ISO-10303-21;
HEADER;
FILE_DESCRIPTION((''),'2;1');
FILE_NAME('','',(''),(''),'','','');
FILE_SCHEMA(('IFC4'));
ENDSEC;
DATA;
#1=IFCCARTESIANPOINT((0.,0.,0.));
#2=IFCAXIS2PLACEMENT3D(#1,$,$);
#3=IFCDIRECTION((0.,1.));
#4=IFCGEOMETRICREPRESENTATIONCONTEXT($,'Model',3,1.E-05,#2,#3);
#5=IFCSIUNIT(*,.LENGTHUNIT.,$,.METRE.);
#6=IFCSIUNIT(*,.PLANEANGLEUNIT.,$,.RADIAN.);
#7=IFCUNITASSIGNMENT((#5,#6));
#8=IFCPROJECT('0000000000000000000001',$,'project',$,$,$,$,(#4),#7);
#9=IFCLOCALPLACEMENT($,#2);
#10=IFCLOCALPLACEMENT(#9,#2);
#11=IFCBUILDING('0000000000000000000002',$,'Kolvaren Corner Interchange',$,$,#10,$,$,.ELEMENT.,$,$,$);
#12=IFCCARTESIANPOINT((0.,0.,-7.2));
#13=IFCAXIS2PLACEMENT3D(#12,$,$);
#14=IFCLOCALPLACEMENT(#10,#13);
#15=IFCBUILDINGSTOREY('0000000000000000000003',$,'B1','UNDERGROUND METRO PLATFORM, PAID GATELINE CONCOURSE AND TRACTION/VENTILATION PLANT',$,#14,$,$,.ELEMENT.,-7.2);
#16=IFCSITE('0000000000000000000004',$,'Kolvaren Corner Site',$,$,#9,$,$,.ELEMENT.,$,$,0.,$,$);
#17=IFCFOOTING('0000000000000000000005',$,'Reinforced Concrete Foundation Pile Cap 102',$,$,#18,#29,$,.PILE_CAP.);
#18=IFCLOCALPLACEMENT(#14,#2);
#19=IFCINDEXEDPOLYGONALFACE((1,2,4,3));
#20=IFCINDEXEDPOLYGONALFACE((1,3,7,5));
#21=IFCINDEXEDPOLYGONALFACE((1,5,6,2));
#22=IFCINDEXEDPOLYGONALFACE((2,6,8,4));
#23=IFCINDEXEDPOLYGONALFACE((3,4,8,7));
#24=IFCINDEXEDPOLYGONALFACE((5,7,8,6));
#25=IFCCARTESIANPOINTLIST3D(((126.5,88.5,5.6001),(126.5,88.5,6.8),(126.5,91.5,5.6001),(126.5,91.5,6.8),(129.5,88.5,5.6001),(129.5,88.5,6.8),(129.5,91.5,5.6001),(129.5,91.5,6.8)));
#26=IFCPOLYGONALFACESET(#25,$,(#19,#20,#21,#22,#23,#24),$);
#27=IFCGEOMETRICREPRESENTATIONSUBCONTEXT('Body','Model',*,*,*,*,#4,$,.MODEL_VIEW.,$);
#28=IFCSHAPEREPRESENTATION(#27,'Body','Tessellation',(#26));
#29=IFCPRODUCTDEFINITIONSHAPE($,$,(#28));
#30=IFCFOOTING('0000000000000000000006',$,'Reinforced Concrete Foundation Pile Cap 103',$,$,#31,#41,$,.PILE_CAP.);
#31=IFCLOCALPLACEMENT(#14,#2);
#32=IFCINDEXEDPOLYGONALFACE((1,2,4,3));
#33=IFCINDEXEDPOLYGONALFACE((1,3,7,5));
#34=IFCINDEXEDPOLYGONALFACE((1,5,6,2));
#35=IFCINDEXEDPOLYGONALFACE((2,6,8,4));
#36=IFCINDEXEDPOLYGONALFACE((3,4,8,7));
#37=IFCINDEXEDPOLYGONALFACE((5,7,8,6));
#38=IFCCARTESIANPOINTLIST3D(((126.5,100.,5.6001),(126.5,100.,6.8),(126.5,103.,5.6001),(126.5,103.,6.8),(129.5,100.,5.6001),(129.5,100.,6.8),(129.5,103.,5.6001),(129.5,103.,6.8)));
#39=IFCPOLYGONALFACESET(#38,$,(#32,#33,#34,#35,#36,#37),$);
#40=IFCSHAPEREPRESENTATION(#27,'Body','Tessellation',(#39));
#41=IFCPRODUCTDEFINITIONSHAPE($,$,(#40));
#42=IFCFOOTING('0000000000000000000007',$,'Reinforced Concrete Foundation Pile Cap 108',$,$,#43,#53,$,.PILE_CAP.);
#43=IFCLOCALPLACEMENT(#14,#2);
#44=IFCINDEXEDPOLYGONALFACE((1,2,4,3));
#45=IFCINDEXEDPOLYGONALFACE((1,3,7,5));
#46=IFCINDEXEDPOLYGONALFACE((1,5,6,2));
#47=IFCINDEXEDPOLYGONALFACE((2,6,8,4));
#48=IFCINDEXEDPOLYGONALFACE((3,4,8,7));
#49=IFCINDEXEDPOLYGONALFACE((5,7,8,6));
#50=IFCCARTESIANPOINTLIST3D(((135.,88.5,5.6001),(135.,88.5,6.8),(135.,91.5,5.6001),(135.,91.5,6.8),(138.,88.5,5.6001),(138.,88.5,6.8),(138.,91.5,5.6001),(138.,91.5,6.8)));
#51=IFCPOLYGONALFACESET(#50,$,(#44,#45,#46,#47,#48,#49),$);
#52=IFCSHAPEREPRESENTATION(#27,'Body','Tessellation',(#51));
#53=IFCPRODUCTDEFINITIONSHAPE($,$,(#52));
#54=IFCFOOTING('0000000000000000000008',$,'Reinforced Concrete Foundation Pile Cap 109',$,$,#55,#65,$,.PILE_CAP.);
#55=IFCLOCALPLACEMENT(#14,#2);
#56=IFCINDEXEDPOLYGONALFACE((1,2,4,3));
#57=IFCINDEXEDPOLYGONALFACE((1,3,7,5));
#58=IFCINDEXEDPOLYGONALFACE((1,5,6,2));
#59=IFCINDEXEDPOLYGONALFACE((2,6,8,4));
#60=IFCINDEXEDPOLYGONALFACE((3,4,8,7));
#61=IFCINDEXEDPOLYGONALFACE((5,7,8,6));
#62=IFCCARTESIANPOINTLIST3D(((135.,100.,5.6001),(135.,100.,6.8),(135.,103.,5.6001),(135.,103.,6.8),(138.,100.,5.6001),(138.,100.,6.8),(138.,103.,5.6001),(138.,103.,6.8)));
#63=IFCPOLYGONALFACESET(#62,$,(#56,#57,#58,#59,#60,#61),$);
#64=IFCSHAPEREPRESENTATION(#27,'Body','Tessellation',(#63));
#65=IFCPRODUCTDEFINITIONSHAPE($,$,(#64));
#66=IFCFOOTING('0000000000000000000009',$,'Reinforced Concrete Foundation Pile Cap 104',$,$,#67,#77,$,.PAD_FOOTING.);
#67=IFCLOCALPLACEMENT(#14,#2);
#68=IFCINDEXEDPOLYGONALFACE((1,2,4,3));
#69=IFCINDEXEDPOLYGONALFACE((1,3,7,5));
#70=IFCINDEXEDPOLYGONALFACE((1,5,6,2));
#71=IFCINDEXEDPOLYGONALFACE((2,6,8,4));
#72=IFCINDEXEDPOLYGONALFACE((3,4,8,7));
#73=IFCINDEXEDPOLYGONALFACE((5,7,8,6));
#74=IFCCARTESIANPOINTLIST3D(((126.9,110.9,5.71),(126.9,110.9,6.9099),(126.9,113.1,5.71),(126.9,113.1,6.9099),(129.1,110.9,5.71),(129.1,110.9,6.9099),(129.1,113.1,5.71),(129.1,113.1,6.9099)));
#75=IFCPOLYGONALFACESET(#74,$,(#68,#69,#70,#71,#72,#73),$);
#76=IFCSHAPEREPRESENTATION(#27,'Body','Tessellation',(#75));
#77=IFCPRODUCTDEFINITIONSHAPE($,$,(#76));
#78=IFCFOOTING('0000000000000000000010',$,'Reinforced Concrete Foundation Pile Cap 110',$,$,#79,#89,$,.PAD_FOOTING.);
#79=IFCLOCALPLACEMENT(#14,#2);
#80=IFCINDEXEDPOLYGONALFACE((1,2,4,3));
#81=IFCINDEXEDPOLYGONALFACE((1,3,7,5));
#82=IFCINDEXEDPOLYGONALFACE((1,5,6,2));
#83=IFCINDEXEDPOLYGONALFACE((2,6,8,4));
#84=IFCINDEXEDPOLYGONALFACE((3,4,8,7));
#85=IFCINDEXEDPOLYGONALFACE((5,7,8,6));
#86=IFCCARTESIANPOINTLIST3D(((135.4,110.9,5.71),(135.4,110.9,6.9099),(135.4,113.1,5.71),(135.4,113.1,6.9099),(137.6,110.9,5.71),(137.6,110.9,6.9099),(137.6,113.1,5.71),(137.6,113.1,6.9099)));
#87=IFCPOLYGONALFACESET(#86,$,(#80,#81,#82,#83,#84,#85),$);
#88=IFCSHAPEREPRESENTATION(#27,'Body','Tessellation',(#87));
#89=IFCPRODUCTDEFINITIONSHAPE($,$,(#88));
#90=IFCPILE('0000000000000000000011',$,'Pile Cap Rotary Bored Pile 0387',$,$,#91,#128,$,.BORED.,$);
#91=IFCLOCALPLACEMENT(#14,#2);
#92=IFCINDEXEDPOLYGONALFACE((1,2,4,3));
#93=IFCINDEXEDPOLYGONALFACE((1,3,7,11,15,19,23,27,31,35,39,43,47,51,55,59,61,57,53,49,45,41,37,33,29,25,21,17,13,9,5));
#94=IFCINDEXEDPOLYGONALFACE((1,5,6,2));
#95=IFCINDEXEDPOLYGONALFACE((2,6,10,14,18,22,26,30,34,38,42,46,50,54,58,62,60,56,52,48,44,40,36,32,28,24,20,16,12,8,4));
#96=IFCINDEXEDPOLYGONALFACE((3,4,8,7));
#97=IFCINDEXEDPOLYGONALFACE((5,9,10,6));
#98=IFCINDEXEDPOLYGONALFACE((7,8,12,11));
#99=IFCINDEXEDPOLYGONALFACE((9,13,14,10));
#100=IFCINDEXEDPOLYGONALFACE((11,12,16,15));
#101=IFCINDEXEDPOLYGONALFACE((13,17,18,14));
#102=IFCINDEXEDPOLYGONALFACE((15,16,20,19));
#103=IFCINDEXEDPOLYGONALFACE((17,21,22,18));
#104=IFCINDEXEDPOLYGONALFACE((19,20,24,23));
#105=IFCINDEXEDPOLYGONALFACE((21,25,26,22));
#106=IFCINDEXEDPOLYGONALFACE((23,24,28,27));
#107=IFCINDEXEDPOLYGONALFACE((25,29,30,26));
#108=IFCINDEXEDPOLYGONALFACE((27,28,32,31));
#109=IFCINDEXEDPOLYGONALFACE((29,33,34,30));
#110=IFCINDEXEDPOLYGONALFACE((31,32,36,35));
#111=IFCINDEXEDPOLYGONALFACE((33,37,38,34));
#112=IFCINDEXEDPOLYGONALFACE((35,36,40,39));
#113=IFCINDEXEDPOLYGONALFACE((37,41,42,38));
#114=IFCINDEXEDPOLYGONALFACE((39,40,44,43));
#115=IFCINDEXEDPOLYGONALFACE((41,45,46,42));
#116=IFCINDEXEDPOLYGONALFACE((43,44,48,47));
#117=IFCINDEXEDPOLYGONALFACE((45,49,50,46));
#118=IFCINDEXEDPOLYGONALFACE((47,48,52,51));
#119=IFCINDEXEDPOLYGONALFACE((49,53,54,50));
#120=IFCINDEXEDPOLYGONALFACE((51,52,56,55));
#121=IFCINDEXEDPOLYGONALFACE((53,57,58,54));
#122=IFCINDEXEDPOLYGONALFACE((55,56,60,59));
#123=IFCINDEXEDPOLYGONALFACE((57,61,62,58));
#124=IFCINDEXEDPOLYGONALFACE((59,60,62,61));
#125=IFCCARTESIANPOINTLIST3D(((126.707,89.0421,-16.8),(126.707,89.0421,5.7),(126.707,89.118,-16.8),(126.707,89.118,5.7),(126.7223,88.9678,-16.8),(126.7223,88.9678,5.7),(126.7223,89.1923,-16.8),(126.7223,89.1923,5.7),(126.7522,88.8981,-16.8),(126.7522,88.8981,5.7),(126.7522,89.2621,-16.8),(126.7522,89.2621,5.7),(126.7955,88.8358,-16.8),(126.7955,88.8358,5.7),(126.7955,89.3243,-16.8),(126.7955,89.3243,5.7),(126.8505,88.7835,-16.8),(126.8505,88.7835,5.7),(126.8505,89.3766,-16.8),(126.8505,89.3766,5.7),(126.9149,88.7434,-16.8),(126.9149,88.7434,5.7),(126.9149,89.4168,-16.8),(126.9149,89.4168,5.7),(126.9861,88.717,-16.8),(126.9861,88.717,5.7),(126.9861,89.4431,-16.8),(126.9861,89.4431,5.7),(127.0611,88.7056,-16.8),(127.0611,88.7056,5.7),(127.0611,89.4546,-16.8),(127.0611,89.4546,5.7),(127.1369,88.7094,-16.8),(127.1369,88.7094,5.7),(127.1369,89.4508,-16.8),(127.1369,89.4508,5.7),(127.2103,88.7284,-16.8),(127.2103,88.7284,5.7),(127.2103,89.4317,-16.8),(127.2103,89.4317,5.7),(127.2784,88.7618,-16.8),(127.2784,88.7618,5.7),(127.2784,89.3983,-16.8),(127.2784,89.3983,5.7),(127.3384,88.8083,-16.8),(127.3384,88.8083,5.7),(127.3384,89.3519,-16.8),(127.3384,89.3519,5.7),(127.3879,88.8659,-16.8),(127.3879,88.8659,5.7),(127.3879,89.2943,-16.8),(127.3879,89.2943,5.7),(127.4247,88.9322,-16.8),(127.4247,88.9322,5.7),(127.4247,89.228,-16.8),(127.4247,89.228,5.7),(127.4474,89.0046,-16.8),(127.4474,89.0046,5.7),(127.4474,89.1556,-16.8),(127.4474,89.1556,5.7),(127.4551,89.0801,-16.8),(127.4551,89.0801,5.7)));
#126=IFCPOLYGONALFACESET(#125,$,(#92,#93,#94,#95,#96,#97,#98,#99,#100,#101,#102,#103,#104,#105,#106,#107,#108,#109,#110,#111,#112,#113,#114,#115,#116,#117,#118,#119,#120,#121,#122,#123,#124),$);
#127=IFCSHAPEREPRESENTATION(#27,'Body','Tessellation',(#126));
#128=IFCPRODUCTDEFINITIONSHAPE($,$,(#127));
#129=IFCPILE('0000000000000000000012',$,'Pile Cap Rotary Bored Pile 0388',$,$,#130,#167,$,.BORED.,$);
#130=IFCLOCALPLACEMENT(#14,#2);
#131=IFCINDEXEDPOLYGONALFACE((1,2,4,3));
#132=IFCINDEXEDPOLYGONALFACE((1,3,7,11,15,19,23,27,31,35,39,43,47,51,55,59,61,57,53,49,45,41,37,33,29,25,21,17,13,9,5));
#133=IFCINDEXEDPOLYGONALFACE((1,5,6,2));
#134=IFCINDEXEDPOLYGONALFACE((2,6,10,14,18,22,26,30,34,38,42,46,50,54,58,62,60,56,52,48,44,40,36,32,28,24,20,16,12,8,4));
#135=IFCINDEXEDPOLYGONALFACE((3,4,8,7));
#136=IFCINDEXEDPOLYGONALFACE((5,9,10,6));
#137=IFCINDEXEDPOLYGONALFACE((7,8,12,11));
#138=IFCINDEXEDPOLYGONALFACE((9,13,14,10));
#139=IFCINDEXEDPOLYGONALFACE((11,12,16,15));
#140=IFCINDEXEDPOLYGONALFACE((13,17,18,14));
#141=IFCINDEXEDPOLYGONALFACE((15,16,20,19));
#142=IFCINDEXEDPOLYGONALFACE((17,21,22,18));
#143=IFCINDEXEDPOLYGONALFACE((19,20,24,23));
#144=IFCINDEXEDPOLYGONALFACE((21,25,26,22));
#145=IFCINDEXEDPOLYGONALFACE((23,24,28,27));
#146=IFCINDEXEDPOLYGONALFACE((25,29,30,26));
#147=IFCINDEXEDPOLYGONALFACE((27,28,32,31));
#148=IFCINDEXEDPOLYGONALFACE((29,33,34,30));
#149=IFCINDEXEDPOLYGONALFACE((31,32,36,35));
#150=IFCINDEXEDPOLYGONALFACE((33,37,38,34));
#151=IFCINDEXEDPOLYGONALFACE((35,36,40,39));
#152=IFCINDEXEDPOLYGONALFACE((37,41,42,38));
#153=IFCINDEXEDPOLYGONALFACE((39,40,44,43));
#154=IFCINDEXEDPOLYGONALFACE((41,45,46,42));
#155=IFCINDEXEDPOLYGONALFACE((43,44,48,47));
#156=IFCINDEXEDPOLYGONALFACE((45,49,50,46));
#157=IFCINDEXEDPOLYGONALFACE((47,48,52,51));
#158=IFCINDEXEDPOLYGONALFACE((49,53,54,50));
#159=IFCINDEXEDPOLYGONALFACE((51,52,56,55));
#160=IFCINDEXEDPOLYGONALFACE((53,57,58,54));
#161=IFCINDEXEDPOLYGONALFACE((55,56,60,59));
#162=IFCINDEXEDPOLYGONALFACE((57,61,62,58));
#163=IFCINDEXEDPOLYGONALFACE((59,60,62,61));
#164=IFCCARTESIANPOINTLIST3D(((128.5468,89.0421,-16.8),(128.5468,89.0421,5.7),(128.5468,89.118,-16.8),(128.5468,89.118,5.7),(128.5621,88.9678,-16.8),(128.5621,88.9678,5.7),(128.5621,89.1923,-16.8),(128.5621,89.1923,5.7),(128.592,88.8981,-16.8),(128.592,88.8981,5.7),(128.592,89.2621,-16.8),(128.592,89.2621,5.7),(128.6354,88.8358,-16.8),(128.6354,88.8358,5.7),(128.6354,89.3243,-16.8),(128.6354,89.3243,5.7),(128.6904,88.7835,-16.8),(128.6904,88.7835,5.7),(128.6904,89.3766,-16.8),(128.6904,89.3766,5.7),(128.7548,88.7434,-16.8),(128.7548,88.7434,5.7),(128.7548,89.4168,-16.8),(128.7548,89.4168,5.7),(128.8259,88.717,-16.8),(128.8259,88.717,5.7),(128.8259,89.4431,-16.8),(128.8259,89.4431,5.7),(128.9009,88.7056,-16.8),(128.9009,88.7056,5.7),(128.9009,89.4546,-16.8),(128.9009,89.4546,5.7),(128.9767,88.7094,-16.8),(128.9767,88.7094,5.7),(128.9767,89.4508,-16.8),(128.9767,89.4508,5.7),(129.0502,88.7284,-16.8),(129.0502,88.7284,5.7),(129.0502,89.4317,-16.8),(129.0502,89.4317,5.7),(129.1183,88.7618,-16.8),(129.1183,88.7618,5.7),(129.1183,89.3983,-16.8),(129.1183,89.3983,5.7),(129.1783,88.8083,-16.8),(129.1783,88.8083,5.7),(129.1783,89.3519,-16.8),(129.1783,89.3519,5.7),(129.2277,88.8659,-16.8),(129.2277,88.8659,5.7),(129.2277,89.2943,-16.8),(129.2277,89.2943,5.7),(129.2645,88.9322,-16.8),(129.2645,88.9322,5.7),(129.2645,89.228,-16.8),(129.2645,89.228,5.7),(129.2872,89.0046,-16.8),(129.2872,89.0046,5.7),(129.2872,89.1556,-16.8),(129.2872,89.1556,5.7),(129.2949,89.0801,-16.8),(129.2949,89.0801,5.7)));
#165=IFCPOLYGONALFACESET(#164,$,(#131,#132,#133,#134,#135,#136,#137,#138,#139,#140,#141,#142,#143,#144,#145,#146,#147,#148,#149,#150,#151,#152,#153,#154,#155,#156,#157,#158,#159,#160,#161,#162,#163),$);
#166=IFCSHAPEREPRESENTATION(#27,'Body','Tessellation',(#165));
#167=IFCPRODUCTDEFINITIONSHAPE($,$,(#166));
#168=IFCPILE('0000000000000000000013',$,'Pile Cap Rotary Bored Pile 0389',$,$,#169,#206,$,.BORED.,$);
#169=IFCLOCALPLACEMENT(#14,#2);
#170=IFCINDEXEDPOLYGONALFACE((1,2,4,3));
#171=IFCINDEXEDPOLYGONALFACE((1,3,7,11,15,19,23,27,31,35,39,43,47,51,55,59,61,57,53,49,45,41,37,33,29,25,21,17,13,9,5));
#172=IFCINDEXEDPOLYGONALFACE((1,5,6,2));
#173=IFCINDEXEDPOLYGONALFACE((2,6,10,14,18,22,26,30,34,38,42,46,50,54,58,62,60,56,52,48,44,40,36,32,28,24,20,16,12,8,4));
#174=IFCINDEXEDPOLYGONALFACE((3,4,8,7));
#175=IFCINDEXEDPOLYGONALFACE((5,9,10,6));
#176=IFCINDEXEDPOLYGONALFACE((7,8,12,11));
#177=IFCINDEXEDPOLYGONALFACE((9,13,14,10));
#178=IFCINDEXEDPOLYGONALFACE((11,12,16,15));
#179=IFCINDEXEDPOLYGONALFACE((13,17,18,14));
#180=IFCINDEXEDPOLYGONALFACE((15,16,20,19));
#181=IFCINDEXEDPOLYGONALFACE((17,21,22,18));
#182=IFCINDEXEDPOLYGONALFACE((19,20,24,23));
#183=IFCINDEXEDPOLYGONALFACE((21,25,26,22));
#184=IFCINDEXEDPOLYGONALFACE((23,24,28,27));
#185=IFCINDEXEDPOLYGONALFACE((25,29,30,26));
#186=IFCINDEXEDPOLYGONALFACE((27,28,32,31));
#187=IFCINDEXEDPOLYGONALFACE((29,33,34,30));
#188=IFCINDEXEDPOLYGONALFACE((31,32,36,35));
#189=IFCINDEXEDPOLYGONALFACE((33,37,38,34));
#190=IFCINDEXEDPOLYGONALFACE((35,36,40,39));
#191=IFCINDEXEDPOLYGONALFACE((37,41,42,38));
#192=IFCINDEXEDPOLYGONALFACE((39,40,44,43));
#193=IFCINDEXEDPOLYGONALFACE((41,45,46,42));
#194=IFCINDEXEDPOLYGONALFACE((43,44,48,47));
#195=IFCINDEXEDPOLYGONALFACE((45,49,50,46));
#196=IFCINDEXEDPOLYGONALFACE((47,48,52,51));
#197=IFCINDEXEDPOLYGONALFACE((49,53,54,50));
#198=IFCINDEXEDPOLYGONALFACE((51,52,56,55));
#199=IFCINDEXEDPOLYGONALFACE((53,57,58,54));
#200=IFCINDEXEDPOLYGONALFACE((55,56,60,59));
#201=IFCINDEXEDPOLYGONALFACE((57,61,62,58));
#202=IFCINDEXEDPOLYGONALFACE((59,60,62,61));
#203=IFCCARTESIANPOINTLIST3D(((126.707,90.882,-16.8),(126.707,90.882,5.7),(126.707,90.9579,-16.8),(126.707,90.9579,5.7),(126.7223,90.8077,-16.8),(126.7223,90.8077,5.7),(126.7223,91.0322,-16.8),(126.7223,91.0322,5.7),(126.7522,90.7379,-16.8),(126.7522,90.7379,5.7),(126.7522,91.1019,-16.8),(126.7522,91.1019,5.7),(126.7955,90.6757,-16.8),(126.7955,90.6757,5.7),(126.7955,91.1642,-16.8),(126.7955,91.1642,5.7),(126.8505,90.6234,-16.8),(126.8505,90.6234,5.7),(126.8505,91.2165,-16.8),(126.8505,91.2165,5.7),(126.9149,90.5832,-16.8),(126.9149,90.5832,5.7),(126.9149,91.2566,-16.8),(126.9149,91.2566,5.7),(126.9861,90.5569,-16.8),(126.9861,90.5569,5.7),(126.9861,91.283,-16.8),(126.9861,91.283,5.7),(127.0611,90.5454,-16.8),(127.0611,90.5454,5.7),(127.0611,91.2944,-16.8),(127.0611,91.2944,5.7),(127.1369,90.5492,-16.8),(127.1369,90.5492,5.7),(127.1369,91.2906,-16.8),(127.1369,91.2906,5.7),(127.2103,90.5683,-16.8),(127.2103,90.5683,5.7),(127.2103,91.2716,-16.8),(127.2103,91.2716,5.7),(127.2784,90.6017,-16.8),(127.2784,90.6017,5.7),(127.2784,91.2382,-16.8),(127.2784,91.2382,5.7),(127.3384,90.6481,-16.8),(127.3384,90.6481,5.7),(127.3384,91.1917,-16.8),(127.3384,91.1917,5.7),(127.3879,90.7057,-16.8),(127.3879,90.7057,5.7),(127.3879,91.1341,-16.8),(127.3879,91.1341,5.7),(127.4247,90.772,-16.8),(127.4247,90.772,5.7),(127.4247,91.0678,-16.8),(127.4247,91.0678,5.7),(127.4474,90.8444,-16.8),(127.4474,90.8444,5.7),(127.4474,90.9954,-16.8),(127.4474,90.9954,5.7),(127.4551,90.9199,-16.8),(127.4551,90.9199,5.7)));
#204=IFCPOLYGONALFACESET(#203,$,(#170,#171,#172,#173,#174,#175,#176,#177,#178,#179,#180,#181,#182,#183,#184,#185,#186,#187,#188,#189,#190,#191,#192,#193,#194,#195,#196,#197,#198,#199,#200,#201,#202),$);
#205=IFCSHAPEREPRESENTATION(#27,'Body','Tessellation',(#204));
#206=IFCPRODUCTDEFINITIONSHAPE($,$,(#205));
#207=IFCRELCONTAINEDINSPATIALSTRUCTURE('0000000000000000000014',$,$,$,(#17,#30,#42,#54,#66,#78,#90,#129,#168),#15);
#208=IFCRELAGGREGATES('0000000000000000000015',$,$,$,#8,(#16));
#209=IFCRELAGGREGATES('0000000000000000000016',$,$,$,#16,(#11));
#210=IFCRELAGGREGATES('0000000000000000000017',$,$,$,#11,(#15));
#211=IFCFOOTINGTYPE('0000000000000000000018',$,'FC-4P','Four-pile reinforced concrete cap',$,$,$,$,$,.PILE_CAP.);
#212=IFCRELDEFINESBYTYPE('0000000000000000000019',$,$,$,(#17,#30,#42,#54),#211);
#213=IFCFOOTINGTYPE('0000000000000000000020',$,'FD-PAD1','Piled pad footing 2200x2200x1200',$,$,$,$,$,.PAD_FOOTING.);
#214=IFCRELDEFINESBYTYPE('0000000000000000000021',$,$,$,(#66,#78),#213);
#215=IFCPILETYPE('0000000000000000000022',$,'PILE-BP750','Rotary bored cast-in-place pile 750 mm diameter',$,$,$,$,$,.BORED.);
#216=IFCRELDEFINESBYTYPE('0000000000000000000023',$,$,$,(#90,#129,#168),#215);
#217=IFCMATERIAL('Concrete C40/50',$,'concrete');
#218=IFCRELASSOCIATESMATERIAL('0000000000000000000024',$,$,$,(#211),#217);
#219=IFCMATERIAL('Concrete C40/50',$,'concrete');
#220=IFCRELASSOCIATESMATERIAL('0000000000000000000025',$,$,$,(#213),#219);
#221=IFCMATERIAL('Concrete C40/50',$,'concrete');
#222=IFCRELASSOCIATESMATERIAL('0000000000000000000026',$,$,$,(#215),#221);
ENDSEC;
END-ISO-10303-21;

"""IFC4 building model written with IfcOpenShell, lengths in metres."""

from ifc_helpers import new_model, si_unit, direction, frame, origin, origin_2d, place, context, subcontext, project, spatial, rectangle, circle, extrude, material, material_profile, profile_set, type_object, element, save


model = new_model("IFC4")

# Units and contexts
model_context = context("Model", 3, precision=1e-05, world=origin(), true_north=direction((0.0, 1.0)))
body_context = subcontext(model_context, "Body", "Model", "MODEL_VIEW")
ifc_project = project(units=[si_unit("LENGTHUNIT", "METRE"), si_unit("PLANEANGLEUNIT", "RADIAN")], contexts=[model_context])

# Site, building, storey
site_placement = place(None, origin())
site = spatial("IfcSite", under=ifc_project, at=site_placement, Name="Kolvaren Corner Site", CompositionType="ELEMENT", RefElevation=0.0)
building_placement = place(site_placement, origin())
building = spatial("IfcBuilding", under=site, at=building_placement, Name="Kolvaren Corner Interchange", CompositionType="ELEMENT")
storey_placement = place(building_placement, frame((0.0, 0.0, -7.2)))
storey = spatial("IfcBuildingStorey", under=building, at=storey_placement, Name="B1", Description="UNDERGROUND METRO PLATFORM, PAID GATELINE CONCOURSE AND TRACTION/VENTILATION PLANT", CompositionType="ELEMENT", Elevation=-7.2)

# Footings
ifc_material_1 = material(Name="Concrete C40/50", Category="concrete")
footing_type_1 = type_object("IfcFootingType", Name="FC-4P", Description="Four-pile reinforced concrete cap", PredefinedType="PILE_CAP", material=ifc_material_1)
for number, where, z_axis, x_axis, name in (
    (1, (128.0, 90.0, 5.6001), (0.0, 0.0, 1.0), (1.0, 0.0, 0.0), "Reinforced Concrete Foundation Pile Cap 102"),
    (2, (128.0, 101.5, 5.6001), (0.0, 0.0, 1.0), (1.0, 0.0, 0.0), "Reinforced Concrete Foundation Pile Cap 103"),
    (3, (136.5, 90.0, 5.6001), (0.0, 0.0, 1.0), (1.0, 0.0, 0.0), "Reinforced Concrete Foundation Pile Cap 108"),
    (4, (136.5, 101.5, 5.6001), (0.0, 0.0, 1.0), (1.0, 0.0, 0.0), "Reinforced Concrete Foundation Pile Cap 109"),
):
    element("IfcFooting", number, at=place(storey_placement, frame(where, z_axis=z_axis, x_axis=x_axis)), inside=storey, type_object=footing_type_1, Name=name, PredefinedType="PILE_CAP", context=body_context, shape_type="SweptSolid", body=[
        extrude(rectangle(XDim=3.0, YDim=3.0, at=origin_2d()), origin(), (0.0, 0.0, 1.0), 1.2),
    ])
ifc_material_2 = material(Name="Concrete C40/50", Category="concrete")
footing_type_2 = type_object("IfcFootingType", Name="FD-PAD1", Description="Piled pad footing 2200x2200x1200", PredefinedType="PAD_FOOTING", material=ifc_material_2)
for number, where, z_axis, x_axis, name in (
    (5, (128.0, 112.0, 5.71), (0.0, 0.0, 1.0), (1.0, 0.0, 0.0), "Reinforced Concrete Foundation Pile Cap 104"),
    (6, (136.5, 112.0, 5.71), (0.0, 0.0, 1.0), (1.0, 0.0, 0.0), "Reinforced Concrete Foundation Pile Cap 110"),
):
    element("IfcFooting", number, at=place(storey_placement, frame(where, z_axis=z_axis, x_axis=x_axis)), inside=storey, type_object=footing_type_2, Name=name, PredefinedType="PAD_FOOTING", context=body_context, shape_type="SweptSolid", body=[
        extrude(rectangle(XDim=2.2, YDim=2.2, at=origin_2d()), origin(), (0.0, 0.0, 1.0), 1.2),
    ])

# Piles
ifc_material_3 = material(Name="Concrete C40/50", Category="concrete")
ifc_material_profile = material_profile(ifc_material_3, circle(Radius=0.375, at=origin_2d()), Name="BORED PILE 750")
ifc_profile_set = profile_set([ifc_material_profile], Name="Concrete C40/50")
pile_type = type_object("IfcPileType", Name="PILE-BP750", Description="Rotary bored cast-in-place pile 750 mm diameter", PredefinedType="BORED", material=ifc_profile_set)
for number, where, z_axis, x_axis, name in (
    (7, (127.0801, 89.0801, 5.7), (0.0, 0.0, -1.0), (1.0, 0.0, 0.0), "Pile Cap Rotary Bored Pile 0387"),
    (8, (128.9199, 89.0801, 5.7), (0.0, 0.0, -1.0), (1.0, 0.0, 0.0), "Pile Cap Rotary Bored Pile 0388"),
    (9, (127.0801, 90.9199, 5.7), (0.0, 0.0, -1.0), (1.0, 0.0, 0.0), "Pile Cap Rotary Bored Pile 0389"),
):
    element("IfcPile", number, at=place(storey_placement, frame(where, z_axis=z_axis, x_axis=x_axis)), inside=storey, type_object=pile_type, Name=name, PredefinedType="BORED", context=body_context, shape_type="SweptSolid", body=[
        extrude(circle(Radius=0.375, at=origin_2d()), origin(), (0.0, 0.0, 1.0), 22.5),
    ])

save(model, "model.ifc")
